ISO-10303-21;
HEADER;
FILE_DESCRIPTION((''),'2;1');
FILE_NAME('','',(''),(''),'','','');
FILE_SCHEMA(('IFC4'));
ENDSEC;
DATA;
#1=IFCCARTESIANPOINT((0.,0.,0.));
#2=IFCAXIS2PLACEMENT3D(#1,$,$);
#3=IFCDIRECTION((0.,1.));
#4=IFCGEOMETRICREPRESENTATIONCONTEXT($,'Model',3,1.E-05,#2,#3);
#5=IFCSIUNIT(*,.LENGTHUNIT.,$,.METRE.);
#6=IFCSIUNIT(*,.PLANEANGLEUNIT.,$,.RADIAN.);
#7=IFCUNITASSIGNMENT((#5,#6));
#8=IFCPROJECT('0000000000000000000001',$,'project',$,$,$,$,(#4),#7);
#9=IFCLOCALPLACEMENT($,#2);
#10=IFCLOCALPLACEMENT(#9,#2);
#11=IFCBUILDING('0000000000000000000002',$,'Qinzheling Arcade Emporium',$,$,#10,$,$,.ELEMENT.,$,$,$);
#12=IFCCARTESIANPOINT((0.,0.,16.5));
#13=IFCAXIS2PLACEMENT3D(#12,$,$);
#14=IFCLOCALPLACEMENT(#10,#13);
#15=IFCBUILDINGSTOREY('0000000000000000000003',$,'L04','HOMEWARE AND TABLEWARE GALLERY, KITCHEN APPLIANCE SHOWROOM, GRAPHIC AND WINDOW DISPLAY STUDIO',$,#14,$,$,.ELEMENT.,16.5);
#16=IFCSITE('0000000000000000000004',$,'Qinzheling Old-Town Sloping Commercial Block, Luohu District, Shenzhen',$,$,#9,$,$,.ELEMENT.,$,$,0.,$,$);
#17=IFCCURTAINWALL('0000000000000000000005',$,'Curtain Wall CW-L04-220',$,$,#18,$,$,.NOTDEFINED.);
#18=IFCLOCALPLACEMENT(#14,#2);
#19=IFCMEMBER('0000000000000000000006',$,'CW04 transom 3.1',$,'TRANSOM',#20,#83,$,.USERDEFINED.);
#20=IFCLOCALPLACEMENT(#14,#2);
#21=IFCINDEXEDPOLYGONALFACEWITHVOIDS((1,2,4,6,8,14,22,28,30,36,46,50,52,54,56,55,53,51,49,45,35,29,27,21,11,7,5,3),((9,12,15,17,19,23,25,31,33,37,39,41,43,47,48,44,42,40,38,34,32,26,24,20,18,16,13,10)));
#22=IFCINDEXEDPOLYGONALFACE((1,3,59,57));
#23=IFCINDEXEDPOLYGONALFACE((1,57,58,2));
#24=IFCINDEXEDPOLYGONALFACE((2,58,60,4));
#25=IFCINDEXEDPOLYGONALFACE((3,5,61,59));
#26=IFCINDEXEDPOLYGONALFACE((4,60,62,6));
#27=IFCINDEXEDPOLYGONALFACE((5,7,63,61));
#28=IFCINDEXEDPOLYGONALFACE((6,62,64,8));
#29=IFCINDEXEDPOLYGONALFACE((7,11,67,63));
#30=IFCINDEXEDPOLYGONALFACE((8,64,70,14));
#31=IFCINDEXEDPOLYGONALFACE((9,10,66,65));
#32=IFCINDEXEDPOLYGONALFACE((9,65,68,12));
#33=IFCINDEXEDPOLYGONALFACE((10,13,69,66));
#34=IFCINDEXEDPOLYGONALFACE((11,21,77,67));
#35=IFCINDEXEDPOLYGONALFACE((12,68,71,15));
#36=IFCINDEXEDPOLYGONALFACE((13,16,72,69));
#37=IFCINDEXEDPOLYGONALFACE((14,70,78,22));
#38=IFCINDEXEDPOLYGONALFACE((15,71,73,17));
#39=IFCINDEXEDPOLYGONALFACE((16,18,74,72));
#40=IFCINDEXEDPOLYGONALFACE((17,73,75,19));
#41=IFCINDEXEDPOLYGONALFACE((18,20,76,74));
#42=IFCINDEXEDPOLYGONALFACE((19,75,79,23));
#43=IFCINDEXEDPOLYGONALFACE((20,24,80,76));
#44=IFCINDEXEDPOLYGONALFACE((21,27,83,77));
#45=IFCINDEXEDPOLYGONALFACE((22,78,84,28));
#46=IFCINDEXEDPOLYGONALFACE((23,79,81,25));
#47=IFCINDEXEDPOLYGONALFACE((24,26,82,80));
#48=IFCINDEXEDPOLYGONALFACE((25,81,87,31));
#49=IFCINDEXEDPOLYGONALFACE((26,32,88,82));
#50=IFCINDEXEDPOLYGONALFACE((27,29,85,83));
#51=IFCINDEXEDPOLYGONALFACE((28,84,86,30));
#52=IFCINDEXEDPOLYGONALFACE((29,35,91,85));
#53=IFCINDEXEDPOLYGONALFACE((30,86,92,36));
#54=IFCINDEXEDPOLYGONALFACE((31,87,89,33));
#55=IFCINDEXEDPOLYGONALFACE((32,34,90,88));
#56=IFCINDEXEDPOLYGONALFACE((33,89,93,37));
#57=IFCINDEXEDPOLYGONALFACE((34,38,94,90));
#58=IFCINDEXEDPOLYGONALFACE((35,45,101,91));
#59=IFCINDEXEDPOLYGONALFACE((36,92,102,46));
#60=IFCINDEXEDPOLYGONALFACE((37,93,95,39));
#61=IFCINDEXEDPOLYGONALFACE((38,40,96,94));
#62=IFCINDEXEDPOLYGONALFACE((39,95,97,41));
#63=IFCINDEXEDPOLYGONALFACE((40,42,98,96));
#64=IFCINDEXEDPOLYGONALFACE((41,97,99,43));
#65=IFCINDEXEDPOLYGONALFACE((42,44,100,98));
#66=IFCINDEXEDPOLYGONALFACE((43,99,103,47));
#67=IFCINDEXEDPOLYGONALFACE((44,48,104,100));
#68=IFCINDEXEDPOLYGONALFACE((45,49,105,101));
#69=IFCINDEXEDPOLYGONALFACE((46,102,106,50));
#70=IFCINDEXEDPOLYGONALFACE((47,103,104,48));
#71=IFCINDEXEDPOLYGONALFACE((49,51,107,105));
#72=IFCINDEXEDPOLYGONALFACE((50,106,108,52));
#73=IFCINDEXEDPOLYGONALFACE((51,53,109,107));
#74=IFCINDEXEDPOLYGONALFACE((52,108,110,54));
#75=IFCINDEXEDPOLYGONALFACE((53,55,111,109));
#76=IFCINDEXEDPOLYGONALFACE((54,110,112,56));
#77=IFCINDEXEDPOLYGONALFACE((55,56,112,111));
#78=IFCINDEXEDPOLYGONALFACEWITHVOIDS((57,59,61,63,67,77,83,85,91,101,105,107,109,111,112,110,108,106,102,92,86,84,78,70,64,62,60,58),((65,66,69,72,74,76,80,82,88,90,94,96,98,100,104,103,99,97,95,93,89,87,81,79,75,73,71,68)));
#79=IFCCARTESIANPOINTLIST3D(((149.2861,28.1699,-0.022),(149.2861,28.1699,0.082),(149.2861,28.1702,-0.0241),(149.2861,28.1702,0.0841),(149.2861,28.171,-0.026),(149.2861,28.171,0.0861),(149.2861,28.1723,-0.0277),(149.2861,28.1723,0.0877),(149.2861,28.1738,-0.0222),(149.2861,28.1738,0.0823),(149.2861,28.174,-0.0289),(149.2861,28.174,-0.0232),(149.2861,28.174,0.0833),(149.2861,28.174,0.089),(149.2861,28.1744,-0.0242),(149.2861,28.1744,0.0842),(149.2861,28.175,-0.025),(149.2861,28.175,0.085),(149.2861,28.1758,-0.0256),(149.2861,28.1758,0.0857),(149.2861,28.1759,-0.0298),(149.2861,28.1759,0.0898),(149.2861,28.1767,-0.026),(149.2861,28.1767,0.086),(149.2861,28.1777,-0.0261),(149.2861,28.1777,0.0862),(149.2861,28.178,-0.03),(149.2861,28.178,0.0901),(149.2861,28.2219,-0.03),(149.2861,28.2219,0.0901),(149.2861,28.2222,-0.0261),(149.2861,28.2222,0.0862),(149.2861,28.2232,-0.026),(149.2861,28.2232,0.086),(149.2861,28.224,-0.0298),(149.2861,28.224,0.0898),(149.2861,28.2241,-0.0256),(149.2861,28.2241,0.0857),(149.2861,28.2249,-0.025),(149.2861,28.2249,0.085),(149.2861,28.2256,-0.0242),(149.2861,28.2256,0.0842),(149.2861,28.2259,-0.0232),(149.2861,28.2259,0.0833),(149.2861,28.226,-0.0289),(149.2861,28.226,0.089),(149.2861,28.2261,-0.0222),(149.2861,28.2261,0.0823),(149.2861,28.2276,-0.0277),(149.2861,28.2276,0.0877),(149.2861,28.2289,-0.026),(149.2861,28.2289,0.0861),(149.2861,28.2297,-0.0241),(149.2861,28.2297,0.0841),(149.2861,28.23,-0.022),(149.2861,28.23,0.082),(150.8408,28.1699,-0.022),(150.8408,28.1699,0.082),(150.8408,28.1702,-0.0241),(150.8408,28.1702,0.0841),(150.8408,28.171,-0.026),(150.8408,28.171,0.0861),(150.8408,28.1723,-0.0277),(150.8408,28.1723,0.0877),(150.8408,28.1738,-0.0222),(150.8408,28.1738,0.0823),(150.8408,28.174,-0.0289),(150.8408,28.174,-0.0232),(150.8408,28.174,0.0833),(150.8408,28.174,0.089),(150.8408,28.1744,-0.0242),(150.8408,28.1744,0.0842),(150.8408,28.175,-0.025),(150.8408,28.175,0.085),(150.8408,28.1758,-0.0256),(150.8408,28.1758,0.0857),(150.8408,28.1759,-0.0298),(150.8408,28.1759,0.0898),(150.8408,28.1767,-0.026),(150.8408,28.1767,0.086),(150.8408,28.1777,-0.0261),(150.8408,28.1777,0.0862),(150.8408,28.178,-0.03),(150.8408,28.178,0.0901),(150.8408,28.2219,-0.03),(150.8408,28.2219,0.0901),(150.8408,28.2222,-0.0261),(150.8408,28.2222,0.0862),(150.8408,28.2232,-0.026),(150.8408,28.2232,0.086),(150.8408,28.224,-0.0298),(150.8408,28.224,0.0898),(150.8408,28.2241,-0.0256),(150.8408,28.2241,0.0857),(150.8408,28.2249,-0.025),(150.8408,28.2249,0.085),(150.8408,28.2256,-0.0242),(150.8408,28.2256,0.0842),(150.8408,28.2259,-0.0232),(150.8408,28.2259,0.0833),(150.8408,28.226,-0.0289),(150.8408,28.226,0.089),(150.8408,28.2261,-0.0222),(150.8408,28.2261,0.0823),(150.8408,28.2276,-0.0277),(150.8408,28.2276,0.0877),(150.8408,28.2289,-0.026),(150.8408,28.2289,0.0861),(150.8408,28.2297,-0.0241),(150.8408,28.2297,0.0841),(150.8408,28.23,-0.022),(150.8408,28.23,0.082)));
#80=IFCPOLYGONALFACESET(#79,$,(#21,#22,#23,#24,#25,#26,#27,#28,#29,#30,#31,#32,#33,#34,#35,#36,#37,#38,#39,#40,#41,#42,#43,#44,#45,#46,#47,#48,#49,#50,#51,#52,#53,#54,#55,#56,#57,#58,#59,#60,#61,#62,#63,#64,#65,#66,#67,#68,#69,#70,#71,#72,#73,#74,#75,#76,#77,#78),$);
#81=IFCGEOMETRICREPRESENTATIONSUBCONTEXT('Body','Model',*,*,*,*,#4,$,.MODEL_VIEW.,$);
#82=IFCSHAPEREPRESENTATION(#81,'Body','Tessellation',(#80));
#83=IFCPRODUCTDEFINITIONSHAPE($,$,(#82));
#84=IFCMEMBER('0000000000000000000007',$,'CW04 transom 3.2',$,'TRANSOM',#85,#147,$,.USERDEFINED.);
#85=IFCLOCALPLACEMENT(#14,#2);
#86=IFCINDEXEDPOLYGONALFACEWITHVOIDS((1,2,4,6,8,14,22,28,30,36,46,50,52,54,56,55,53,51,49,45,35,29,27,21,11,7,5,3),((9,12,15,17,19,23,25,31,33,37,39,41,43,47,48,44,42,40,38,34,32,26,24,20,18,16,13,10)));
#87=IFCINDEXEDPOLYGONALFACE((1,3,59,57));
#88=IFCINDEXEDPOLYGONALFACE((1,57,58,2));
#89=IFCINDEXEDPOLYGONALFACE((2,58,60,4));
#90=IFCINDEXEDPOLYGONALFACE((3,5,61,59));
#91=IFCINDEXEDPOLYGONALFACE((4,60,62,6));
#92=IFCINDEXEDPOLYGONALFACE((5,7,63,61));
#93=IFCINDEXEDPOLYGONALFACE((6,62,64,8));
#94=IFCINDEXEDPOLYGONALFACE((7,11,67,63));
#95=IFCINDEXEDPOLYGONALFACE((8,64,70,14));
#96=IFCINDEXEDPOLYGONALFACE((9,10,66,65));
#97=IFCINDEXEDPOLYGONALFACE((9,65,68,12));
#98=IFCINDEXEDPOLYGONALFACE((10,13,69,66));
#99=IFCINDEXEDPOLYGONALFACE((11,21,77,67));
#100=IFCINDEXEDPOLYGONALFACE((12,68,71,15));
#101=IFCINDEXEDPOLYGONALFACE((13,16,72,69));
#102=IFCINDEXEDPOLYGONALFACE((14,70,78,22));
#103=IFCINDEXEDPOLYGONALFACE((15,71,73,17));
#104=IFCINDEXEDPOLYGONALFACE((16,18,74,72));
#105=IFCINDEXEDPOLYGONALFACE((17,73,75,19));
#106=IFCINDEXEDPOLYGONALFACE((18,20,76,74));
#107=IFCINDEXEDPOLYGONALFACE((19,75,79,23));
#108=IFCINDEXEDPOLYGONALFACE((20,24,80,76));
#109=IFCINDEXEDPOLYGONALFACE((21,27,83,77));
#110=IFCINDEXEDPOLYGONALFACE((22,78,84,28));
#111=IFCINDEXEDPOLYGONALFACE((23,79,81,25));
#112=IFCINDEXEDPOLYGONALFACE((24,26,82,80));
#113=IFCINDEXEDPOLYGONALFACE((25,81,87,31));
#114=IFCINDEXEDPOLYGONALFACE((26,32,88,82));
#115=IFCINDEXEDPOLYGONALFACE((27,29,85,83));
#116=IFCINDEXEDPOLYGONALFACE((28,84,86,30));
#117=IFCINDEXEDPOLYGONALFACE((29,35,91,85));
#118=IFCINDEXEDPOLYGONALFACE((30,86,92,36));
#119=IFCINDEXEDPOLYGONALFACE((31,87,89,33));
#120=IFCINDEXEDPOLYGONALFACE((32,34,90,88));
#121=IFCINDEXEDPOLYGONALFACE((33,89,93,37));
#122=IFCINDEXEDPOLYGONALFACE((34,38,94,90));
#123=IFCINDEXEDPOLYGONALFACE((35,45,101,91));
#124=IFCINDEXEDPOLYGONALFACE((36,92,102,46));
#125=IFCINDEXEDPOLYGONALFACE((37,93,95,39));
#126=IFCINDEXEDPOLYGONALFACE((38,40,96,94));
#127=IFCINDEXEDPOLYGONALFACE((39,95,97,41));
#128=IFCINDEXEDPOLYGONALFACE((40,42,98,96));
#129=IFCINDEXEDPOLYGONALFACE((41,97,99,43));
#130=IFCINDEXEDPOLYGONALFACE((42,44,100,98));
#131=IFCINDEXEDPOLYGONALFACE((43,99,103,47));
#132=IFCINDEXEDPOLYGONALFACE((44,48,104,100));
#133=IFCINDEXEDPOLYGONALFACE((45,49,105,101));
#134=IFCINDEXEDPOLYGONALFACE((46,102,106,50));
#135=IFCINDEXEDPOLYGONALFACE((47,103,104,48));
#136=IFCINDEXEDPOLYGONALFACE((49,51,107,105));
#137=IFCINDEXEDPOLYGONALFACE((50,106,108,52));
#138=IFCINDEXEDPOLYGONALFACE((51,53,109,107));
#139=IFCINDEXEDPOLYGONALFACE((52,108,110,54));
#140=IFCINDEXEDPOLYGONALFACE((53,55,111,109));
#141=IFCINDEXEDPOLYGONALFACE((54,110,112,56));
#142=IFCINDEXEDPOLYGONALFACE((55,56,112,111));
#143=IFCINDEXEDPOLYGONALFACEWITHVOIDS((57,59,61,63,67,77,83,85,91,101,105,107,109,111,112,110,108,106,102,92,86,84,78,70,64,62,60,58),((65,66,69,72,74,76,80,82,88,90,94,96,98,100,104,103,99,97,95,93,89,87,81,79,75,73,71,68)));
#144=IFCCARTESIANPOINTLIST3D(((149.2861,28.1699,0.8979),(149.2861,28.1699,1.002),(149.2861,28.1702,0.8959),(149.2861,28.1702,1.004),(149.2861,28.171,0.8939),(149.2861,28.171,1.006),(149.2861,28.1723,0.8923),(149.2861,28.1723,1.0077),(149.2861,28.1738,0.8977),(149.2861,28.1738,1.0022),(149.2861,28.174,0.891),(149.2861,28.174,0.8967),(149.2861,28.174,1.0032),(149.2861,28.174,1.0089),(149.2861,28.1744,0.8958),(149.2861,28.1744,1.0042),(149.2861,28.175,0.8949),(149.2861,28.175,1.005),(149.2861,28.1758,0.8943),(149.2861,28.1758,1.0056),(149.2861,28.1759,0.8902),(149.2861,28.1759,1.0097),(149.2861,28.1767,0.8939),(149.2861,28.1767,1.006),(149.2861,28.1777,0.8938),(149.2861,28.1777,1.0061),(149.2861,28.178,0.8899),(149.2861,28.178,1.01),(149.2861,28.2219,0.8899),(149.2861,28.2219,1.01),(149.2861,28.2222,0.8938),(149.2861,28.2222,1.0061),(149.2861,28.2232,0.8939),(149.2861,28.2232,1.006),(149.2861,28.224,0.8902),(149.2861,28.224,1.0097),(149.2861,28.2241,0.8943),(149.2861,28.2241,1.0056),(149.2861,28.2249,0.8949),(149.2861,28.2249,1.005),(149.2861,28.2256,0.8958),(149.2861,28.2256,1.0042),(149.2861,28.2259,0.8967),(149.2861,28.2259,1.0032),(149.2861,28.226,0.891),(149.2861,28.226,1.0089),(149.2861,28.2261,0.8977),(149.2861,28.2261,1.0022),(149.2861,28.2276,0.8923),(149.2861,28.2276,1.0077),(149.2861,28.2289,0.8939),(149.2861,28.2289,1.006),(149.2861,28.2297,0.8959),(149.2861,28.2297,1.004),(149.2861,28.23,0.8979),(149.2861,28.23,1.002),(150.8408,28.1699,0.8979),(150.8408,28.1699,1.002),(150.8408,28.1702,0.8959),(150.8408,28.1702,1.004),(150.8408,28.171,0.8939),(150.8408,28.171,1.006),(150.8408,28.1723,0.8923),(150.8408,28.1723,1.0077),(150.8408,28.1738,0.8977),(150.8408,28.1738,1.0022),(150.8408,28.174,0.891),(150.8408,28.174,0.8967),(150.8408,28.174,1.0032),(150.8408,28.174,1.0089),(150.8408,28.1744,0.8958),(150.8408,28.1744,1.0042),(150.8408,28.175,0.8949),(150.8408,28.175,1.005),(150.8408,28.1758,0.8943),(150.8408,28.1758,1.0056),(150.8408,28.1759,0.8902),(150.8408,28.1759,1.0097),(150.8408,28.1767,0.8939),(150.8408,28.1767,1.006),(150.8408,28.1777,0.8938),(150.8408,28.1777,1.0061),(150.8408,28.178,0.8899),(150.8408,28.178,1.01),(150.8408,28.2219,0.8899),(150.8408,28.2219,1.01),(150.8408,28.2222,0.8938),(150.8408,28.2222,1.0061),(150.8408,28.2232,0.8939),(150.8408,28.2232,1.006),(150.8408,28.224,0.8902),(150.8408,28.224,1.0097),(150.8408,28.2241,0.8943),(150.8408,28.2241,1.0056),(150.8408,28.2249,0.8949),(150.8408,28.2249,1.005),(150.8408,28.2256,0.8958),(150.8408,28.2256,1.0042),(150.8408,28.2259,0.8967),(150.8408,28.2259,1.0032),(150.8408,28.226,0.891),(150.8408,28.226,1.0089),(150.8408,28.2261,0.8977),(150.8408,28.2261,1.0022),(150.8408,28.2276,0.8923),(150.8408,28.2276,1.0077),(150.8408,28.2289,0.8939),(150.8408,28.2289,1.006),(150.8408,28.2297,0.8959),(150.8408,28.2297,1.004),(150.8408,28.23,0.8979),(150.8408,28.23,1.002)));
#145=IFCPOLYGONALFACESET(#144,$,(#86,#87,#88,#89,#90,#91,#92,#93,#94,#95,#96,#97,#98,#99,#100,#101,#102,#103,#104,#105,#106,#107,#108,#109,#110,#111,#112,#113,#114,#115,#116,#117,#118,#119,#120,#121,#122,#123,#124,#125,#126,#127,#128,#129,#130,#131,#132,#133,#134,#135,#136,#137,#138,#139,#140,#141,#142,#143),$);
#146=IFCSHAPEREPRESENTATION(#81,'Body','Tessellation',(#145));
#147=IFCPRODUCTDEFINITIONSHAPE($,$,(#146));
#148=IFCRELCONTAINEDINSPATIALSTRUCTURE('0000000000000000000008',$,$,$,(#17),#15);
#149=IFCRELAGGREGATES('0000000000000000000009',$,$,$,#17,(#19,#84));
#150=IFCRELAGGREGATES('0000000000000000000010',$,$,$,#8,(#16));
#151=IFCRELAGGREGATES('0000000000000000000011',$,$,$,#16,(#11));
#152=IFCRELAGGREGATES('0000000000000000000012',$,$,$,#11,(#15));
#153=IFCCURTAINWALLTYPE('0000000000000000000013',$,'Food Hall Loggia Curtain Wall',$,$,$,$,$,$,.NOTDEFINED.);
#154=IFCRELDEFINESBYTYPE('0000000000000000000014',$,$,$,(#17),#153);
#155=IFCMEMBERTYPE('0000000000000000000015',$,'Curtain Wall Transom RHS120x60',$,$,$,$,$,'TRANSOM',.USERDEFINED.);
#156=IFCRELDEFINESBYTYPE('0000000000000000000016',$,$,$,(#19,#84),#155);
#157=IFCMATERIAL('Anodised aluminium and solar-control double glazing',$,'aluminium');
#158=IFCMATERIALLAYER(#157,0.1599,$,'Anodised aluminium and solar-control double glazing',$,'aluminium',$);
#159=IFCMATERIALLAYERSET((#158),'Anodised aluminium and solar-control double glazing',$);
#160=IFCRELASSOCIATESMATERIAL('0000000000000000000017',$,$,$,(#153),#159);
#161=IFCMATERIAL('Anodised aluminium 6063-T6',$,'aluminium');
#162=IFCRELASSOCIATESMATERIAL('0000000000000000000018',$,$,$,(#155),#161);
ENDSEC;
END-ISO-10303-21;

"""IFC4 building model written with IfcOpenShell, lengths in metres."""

from ifc_helpers import new_model, si_unit, direction, frame, origin, origin_2d, place, context, subcontext, project, spatial, hollow_rectangle, extrude, material, layer, layer_set, material_profile, profile_set, type_object, element, aggregate, save


model = new_model("IFC4")

# Units and contexts
model_context = context("Model", 3, precision=1e-05, world=origin(), true_north=direction((0.0, 1.0)))
body_context = subcontext(model_context, "Body", "Model", "MODEL_VIEW")
ifc_project = project(units=[si_unit("LENGTHUNIT", "METRE"), si_unit("PLANEANGLEUNIT", "RADIAN")], contexts=[model_context])

# Site, building, storey
site_placement = place(None, origin())
site = spatial("IfcSite", under=ifc_project, at=site_placement, Name="Qinzheling Old-Town Sloping Commercial Block, Luohu District, Shenzhen", CompositionType="ELEMENT", RefElevation=0.0)
building_placement = place(site_placement, origin())
building = spatial("IfcBuilding", under=site, at=building_placement, Name="Qinzheling Arcade Emporium", CompositionType="ELEMENT")
storey_placement = place(building_placement, frame((0.0, 0.0, 16.5)))
storey = spatial("IfcBuildingStorey", under=building, at=storey_placement, Name="L04", Description="HOMEWARE AND TABLEWARE GALLERY, KITCHEN APPLIANCE SHOWROOM, GRAPHIC AND WINDOW DISPLAY STUDIO", CompositionType="ELEMENT", Elevation=16.5)

# Curtain wall, members
ifc_material_1 = material(Name="Anodised aluminium and solar-control double glazing", Category="aluminium")
ifc_layer_1 = layer(ifc_material_1, 0.1599, Name="Anodised aluminium and solar-control double glazing", Category="aluminium")
ifc_layer_set_1 = layer_set([ifc_layer_1], Name="Anodised aluminium and solar-control double glazing")
curtain_wall_type = type_object("IfcCurtainWallType", Name="Food Hall Loggia Curtain Wall", PredefinedType="NOTDEFINED", material=ifc_layer_set_1)
curtain_wall_placement = place(storey_placement, origin())
curtain_wall = element("IfcCurtainWall", 1, at=curtain_wall_placement, inside=storey, type_object=curtain_wall_type, Name="Curtain Wall CW-L04-220", PredefinedType="NOTDEFINED")
ifc_material_2 = material(Name="Anodised aluminium 6063-T6", Category="aluminium")
ifc_material_profile_1 = material_profile(ifc_material_2, hollow_rectangle(XDim=0.0601, YDim=0.1201, WallThickness=0.0039, InnerFilletRadius=0.0039, OuterFilletRadius=0.0081, at=origin_2d()), Name="RHS 120x60x4", Category="aluminium")
ifc_profile_set_1 = profile_set([ifc_material_profile_1], Name="Anodised aluminium 6063-T6")
member_type_1 = type_object("IfcMemberType", Name="Curtain Wall Transom RHS120x60", ElementType="TRANSOM", PredefinedType="USERDEFINED", material=ifc_profile_set_1)
member_1_placement = place(storey_placement, frame((149.2861, 28.2, 0.03), z_axis=(1.0, 0.0, 0.0), x_axis=(0.0, 1.0, 0.0)))
member_1 = element("IfcMember", 2, at=member_1_placement, type_object=member_type_1, Name="CW04 transom 3.1", ObjectType="TRANSOM", PredefinedType="USERDEFINED", context=body_context, shape_type="SweptSolid", body=[
    extrude(hollow_rectangle(XDim=0.0601, YDim=0.1201, WallThickness=0.0039, InnerFilletRadius=0.0039, OuterFilletRadius=0.0081, at=origin_2d()), origin(), (0.0, 0.0, 1.0), 1.5547),
])
member_2_placement = place(storey_placement, frame((149.2861, 28.2, 0.95), z_axis=(1.0, 0.0, 0.0), x_axis=(0.0, 1.0, 0.0)))
member_2 = element("IfcMember", 3, at=member_2_placement, type_object=member_type_1, Name="CW04 transom 3.2", ObjectType="TRANSOM", PredefinedType="USERDEFINED", context=body_context, shape_type="SweptSolid", body=[
    extrude(hollow_rectangle(XDim=0.0601, YDim=0.1201, WallThickness=0.0039, InnerFilletRadius=0.0039, OuterFilletRadius=0.0081, at=origin_2d()), origin(), (0.0, 0.0, 1.0), 1.5547),
])

aggregate(curtain_wall, [member_1, member_2])

save(model, "model.ifc")
